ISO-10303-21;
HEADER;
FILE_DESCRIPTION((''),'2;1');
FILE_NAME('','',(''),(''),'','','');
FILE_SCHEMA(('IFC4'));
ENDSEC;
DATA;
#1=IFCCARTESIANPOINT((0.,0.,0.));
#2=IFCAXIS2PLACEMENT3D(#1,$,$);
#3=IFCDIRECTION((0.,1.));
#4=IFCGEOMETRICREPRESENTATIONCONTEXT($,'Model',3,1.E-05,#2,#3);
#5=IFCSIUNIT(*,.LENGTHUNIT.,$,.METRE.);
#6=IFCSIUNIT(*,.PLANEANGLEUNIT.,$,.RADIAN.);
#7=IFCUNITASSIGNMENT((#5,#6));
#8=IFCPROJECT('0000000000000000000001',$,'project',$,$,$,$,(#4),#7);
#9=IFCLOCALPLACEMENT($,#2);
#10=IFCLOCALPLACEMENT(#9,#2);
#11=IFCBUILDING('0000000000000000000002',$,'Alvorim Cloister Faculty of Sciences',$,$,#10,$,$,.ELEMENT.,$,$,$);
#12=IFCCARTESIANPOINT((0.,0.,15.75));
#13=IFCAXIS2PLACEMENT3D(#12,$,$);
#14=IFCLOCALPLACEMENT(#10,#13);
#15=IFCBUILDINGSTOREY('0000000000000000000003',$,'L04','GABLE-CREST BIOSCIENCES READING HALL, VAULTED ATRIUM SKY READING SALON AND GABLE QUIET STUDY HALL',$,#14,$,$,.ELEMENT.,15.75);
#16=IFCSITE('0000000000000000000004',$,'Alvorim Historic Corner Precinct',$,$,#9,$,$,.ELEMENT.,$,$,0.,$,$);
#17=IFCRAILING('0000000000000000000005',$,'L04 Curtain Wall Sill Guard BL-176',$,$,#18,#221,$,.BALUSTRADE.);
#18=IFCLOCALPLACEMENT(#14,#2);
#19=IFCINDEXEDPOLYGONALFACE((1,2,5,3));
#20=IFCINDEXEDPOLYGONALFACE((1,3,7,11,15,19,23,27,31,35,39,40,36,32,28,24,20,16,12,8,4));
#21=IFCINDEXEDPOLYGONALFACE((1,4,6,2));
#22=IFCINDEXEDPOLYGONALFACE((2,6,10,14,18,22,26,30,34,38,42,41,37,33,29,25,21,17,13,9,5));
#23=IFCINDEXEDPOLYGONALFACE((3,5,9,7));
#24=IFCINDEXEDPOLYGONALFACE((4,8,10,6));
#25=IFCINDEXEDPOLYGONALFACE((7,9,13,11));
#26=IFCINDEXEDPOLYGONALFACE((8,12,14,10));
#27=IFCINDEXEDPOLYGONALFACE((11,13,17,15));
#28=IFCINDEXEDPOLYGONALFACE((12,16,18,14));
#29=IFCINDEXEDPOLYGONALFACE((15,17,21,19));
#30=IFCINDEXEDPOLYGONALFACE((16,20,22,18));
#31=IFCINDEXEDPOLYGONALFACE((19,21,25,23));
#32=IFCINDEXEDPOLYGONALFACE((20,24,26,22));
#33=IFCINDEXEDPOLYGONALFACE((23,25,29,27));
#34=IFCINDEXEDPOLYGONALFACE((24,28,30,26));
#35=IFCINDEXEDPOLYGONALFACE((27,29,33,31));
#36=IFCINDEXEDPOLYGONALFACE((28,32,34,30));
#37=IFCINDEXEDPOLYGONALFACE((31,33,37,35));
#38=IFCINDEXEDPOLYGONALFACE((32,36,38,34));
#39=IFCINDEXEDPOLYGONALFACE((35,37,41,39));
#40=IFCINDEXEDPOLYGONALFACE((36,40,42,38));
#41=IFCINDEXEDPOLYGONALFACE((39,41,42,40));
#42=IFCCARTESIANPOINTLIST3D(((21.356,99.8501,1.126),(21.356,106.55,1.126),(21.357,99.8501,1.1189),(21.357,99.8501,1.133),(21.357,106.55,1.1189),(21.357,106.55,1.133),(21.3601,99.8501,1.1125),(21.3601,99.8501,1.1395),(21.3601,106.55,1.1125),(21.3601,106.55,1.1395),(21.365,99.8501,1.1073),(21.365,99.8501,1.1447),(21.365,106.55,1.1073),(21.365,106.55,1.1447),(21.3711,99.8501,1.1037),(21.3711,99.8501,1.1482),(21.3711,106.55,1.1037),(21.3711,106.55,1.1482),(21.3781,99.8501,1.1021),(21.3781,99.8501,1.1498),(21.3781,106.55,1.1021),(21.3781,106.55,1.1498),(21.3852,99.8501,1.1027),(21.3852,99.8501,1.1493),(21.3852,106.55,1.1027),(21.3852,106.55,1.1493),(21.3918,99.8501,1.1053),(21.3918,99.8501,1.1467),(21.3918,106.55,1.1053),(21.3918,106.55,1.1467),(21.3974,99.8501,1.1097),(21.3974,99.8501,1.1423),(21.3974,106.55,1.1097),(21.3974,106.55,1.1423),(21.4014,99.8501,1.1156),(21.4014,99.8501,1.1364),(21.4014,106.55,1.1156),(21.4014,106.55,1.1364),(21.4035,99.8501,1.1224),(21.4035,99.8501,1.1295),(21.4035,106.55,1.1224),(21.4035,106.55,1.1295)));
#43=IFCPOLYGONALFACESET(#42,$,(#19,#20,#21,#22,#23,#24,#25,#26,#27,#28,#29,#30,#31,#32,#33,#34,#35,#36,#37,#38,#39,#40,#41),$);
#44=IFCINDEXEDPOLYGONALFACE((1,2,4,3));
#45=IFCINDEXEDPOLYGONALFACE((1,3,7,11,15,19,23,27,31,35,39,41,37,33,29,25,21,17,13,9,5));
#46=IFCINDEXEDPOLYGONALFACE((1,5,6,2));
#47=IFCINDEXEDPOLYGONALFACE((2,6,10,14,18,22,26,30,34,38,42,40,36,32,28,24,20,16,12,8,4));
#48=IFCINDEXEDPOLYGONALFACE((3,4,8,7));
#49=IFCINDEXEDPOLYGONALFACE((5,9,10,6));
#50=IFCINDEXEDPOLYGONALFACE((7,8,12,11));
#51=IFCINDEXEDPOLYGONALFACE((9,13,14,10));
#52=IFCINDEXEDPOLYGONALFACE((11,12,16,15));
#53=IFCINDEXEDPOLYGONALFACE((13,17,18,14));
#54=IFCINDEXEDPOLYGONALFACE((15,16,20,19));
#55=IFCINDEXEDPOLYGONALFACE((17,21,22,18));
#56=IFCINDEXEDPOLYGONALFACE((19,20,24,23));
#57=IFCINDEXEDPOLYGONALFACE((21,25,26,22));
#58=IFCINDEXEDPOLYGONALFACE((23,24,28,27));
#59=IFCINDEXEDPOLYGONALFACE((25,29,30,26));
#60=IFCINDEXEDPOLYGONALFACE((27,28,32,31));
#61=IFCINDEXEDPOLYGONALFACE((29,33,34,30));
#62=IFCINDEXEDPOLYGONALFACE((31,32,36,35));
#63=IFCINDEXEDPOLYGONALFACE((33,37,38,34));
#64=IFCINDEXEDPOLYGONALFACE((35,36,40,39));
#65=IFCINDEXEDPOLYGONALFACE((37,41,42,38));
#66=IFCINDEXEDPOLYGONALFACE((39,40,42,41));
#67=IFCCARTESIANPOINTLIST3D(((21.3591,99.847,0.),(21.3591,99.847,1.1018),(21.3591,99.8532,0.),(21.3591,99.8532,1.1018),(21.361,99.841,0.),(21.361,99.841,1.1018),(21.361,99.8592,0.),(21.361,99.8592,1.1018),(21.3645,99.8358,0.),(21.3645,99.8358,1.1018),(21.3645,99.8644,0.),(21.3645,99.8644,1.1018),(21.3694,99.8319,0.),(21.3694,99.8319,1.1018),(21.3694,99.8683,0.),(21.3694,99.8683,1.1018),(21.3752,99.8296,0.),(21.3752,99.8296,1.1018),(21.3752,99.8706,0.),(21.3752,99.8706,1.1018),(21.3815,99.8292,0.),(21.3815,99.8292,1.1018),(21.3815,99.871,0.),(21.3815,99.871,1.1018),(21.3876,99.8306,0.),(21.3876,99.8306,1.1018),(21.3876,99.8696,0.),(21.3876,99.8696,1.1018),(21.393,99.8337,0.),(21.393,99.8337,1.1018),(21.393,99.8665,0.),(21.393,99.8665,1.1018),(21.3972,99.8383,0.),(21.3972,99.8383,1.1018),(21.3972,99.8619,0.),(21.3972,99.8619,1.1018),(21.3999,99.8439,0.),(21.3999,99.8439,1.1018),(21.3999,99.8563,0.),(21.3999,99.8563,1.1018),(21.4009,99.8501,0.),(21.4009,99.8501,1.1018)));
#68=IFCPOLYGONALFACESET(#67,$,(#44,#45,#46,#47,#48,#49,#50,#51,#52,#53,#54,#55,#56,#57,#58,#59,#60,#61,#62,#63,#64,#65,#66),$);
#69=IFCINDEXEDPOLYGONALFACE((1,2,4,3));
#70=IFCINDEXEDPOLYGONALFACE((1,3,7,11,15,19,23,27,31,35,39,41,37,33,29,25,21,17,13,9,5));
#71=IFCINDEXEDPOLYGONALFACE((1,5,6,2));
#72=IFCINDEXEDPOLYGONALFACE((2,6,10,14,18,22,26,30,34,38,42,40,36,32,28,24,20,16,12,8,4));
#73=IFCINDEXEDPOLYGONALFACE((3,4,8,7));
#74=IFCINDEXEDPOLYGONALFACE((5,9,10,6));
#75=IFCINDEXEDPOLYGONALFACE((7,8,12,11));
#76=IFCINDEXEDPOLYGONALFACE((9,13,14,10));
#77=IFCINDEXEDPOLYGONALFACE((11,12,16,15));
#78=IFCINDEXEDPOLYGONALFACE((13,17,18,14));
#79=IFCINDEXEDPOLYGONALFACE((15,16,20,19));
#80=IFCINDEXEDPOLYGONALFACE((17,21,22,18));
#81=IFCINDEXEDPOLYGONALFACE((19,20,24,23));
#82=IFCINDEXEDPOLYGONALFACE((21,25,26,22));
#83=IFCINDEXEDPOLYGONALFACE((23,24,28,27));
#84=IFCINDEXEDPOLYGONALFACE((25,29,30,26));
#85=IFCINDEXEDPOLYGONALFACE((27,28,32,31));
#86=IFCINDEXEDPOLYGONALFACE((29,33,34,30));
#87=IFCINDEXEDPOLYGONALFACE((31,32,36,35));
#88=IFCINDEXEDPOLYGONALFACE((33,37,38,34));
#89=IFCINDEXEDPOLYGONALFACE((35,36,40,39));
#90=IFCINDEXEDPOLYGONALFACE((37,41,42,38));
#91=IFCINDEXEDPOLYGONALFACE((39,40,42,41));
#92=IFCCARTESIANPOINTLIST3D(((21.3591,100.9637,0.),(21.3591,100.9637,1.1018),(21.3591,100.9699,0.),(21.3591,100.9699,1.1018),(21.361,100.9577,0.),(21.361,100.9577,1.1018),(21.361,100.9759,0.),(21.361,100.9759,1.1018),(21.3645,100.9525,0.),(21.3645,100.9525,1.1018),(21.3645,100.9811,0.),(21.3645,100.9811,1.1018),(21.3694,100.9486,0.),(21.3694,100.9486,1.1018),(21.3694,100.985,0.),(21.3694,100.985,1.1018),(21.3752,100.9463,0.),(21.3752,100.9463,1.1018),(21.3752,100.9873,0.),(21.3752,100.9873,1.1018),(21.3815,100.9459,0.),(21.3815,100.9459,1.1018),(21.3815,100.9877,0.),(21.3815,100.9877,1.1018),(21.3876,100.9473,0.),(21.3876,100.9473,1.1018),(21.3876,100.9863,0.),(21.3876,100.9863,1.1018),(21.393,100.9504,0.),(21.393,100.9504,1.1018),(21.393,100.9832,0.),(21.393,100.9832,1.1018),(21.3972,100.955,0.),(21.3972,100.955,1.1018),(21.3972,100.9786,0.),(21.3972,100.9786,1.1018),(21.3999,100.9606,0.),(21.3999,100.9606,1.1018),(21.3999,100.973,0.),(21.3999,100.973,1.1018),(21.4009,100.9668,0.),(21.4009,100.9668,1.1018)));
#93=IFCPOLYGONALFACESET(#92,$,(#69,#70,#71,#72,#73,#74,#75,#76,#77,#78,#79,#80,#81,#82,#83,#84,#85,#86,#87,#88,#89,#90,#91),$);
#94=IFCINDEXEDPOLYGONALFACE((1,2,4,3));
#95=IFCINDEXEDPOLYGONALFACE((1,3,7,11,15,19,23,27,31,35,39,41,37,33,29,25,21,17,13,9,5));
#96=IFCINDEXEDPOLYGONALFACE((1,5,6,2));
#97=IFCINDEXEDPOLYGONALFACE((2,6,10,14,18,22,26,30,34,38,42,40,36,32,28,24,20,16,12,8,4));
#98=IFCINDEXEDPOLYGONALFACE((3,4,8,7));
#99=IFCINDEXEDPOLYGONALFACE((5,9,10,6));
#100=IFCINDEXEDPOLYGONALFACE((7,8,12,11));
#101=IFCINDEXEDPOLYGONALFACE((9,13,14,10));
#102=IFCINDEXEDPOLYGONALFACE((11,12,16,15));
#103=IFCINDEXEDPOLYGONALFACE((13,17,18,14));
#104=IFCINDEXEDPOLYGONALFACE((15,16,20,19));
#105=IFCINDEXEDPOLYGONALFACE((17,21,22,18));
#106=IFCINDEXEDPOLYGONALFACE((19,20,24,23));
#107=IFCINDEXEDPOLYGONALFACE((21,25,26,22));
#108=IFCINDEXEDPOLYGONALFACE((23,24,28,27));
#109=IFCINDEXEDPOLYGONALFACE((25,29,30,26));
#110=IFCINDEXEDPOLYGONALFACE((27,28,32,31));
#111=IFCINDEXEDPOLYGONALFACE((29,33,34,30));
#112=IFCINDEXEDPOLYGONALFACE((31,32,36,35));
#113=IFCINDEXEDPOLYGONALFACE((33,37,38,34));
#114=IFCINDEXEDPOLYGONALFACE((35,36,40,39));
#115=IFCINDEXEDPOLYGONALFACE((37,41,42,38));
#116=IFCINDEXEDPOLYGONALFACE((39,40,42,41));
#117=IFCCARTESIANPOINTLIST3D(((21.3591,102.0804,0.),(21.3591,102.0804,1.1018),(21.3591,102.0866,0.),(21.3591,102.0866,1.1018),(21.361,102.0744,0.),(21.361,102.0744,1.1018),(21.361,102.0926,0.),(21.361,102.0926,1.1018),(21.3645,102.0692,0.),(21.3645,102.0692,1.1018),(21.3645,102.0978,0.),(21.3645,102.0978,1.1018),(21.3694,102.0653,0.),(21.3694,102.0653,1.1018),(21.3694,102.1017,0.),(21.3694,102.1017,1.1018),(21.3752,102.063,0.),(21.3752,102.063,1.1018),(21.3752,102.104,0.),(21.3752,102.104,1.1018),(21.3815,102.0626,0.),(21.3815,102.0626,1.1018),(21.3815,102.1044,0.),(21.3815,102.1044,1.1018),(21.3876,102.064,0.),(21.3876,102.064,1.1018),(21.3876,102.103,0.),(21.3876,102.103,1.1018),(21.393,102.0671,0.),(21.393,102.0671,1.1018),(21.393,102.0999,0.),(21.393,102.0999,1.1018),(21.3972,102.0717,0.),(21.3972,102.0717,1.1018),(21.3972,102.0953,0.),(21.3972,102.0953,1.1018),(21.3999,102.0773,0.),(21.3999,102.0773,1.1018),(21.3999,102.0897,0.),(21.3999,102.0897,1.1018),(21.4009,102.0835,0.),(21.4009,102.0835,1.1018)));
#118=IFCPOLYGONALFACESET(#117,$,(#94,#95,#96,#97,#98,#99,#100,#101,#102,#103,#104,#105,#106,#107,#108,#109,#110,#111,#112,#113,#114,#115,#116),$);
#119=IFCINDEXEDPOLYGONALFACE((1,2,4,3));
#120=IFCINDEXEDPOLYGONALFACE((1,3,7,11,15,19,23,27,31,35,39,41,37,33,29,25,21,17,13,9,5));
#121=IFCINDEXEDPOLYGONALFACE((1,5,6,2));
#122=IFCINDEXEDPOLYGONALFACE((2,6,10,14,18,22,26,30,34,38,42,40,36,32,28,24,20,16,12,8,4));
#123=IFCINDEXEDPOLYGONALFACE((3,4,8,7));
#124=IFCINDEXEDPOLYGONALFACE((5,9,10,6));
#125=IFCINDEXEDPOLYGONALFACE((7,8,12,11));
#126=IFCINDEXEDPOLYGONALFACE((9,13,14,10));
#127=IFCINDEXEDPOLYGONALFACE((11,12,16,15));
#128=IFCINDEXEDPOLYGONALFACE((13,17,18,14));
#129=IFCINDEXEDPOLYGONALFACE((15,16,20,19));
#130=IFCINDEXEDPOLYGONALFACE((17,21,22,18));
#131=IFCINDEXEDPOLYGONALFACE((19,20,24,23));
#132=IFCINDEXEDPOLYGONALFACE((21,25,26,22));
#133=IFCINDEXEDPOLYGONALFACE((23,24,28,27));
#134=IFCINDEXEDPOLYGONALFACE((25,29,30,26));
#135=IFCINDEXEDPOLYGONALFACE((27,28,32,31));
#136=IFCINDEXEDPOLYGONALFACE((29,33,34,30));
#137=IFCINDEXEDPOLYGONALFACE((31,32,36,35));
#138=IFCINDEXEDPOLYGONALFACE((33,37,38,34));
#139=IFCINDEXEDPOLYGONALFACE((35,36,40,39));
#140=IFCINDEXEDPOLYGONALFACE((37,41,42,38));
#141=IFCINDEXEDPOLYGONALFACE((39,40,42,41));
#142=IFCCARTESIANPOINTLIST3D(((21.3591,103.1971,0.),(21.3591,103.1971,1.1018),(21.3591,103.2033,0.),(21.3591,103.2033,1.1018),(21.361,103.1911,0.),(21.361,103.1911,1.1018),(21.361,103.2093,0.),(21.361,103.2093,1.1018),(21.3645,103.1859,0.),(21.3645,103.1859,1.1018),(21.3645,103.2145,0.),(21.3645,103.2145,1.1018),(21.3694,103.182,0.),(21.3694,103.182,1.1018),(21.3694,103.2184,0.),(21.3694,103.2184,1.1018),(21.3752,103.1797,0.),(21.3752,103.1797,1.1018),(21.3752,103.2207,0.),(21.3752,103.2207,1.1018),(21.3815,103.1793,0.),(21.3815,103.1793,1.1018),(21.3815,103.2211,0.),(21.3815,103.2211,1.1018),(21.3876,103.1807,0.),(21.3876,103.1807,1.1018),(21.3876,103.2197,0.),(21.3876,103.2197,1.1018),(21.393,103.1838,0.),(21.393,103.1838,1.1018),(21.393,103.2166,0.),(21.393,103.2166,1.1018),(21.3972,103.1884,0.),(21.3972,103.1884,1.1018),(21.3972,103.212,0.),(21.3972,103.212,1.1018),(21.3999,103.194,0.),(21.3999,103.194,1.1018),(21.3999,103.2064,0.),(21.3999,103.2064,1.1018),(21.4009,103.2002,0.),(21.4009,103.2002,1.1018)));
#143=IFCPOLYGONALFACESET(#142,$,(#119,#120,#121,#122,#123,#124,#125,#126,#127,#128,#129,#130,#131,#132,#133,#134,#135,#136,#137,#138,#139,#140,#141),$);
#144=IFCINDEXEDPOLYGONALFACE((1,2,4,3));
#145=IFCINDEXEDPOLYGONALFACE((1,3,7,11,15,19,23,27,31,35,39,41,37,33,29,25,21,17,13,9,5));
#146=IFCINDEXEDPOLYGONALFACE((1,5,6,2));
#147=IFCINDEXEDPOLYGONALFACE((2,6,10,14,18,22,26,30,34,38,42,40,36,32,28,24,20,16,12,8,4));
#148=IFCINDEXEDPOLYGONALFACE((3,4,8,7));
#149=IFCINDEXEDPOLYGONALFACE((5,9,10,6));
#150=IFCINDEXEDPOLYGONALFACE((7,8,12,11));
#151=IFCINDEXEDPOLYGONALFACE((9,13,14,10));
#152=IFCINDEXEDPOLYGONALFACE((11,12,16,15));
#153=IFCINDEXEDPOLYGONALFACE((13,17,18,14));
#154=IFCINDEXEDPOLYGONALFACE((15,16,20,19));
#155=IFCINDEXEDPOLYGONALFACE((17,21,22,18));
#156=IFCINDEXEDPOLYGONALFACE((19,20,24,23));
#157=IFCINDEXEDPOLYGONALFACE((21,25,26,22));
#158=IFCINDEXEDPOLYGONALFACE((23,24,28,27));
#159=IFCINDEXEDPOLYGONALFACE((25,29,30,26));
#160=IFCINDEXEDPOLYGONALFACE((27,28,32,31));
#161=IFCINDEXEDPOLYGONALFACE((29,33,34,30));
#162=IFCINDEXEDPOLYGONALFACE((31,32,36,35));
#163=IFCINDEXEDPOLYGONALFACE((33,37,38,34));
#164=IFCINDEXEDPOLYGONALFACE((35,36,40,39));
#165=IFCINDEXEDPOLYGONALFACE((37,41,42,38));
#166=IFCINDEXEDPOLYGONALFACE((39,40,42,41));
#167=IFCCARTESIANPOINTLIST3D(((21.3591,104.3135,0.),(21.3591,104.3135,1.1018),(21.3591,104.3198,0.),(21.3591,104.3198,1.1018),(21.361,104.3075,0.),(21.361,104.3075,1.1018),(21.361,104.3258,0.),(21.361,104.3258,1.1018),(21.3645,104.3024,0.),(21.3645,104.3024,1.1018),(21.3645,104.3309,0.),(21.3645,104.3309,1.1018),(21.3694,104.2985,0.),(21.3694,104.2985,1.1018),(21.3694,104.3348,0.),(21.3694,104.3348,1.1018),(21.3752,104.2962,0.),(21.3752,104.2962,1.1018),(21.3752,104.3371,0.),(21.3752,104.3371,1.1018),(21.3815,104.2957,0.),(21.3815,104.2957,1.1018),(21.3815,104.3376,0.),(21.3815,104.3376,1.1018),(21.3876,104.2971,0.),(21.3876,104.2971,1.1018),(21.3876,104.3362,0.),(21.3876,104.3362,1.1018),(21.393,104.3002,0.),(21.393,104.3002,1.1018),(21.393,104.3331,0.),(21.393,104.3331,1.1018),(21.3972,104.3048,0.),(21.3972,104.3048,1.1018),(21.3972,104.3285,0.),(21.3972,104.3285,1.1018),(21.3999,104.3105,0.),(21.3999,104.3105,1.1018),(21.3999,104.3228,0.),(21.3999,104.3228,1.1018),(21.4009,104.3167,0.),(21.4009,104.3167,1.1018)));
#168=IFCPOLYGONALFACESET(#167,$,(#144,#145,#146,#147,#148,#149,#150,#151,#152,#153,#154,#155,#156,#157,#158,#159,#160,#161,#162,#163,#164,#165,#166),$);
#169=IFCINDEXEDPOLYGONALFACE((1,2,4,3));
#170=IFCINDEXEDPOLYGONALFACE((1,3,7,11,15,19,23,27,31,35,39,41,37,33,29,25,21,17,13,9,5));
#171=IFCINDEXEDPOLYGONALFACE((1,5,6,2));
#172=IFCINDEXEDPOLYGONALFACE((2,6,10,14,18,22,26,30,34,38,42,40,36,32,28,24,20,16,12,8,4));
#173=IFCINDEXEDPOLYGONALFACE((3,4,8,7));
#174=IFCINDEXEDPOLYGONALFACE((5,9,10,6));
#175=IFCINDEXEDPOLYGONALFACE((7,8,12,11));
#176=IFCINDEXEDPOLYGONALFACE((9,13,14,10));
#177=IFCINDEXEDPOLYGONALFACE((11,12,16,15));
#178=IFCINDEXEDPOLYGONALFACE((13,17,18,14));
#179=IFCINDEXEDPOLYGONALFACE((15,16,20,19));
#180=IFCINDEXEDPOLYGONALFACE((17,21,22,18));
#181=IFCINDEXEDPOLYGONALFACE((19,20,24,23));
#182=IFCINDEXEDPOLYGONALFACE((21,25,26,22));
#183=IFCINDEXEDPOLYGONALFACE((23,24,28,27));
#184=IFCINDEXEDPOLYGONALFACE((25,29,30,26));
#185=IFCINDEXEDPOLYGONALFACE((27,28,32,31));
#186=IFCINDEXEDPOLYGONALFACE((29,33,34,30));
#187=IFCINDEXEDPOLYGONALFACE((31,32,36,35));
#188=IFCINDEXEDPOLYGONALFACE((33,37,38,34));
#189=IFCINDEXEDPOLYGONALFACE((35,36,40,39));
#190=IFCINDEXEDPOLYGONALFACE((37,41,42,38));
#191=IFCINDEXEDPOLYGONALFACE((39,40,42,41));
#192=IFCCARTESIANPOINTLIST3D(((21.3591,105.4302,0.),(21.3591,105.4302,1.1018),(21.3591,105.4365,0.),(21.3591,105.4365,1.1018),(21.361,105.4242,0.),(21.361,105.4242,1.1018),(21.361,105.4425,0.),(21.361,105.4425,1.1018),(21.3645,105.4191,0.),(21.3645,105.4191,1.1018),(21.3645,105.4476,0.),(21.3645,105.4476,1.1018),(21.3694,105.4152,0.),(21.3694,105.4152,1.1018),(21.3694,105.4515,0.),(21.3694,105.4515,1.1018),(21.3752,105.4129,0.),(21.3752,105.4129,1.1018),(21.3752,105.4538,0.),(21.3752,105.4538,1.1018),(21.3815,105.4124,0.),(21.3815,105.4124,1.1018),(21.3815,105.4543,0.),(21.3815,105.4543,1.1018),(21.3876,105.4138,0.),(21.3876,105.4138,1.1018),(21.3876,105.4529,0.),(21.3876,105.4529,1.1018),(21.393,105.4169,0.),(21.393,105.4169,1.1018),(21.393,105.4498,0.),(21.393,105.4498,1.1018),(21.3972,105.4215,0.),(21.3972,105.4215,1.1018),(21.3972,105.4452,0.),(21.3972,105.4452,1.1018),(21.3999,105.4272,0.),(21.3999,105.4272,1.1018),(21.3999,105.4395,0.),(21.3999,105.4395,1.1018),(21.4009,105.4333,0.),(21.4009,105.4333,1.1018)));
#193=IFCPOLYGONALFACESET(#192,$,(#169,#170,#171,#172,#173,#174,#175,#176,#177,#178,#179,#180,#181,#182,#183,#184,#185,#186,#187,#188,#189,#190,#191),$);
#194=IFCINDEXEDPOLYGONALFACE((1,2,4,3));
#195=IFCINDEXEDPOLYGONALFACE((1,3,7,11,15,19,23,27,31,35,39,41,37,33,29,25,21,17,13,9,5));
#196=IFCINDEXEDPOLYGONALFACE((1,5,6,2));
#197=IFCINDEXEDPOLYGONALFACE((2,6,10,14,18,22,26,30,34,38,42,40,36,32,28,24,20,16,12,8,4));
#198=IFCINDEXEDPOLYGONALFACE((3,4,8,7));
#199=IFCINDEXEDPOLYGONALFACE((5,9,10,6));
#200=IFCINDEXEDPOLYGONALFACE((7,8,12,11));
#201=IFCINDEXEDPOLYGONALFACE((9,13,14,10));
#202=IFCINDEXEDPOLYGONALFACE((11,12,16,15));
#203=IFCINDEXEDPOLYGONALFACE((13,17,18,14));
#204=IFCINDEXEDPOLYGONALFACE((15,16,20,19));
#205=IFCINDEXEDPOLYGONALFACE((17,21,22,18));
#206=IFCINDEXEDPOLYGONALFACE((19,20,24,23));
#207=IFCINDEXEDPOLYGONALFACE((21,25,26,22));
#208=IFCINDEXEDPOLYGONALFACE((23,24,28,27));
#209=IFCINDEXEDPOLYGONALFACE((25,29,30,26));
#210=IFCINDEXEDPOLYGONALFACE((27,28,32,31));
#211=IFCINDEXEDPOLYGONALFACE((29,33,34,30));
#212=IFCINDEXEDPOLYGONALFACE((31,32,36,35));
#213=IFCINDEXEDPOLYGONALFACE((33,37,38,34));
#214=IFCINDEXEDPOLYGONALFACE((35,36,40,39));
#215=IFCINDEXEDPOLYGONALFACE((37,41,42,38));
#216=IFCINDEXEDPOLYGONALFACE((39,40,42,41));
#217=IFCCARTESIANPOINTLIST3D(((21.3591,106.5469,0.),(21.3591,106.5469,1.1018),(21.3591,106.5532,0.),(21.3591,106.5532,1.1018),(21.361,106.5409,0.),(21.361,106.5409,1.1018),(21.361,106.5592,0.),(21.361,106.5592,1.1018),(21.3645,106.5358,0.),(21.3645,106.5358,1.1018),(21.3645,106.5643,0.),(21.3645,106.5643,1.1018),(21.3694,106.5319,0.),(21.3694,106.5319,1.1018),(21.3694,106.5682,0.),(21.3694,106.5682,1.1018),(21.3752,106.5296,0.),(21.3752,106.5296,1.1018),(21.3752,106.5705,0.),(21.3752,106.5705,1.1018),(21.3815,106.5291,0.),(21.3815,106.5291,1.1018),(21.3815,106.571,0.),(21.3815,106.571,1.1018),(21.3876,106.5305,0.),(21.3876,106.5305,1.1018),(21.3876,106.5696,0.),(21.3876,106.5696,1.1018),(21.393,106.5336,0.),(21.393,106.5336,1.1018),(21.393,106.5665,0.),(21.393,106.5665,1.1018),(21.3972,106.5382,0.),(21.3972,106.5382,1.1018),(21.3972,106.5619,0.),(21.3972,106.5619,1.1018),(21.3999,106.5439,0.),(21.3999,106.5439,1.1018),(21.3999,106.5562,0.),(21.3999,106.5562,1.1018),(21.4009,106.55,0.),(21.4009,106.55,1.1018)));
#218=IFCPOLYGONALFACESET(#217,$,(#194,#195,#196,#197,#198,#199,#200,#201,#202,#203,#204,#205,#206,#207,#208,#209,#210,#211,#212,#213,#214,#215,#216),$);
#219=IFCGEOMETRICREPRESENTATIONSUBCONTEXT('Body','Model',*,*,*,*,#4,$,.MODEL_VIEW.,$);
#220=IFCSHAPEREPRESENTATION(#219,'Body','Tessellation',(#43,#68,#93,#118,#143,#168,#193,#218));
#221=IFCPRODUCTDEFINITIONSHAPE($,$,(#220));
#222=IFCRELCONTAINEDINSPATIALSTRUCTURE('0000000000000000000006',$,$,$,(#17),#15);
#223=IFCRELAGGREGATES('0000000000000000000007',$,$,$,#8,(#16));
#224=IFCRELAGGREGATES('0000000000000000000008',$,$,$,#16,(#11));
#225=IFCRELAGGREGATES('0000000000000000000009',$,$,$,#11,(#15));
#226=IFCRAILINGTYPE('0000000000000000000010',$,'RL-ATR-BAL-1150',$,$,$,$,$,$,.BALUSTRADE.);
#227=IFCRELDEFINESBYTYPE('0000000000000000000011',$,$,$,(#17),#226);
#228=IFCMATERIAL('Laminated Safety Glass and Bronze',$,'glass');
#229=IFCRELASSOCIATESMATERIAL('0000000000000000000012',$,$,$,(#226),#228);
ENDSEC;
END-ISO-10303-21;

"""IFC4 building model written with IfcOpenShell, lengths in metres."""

from ifc_helpers import new_model, si_unit, direction, frame, origin, origin_2d, place, context, subcontext, project, spatial, circle, extrude, material, type_object, element, save


model = new_model("IFC4")

# Units and contexts
model_context = context("Model", 3, precision=1e-05, world=origin(), true_north=direction((0.0, 1.0)))
body_context = subcontext(model_context, "Body", "Model", "MODEL_VIEW")
ifc_project = project(units=[si_unit("LENGTHUNIT", "METRE"), si_unit("PLANEANGLEUNIT", "RADIAN")], contexts=[model_context])

# Site, building, storey
site_placement = place(None, origin())
site = spatial("IfcSite", under=ifc_project, at=site_placement, Name="Alvorim Historic Corner Precinct", CompositionType="ELEMENT", RefElevation=0.0)
building_placement = place(site_placement, origin())
building = spatial("IfcBuilding", under=site, at=building_placement, Name="Alvorim Cloister Faculty of Sciences", CompositionType="ELEMENT")
storey_placement = place(building_placement, frame((0.0, 0.0, 15.75)))
storey = spatial("IfcBuildingStorey", under=building, at=storey_placement, Name="L04", Description="GABLE-CREST BIOSCIENCES READING HALL, VAULTED ATRIUM SKY READING SALON AND GABLE QUIET STUDY HALL", CompositionType="ELEMENT", Elevation=15.75)

# Railing
ifc_material_1 = material(Name="Laminated Safety Glass and Bronze", Category="glass")
railing_type = type_object("IfcRailingType", Name="RL-ATR-BAL-1150", PredefinedType="BALUSTRADE", material=ifc_material_1)
railing_placement = place(storey_placement, frame((21.3799, 99.8501, 0.0)))
element("IfcRailing", 1, at=railing_placement, inside=storey, type_object=railing_type, Name="L04 Curtain Wall Sill Guard BL-176", PredefinedType="BALUSTRADE", context=body_context, shape_type="SweptSolid", body=[
    extrude(circle(Radius=0.0239, at=origin_2d()), frame((0.0, 0.0, 1.126), z_axis=(0.0, 1.0, 0.0), x_axis=(-1.0, 0.0, 0.0)), (0.0, 0.0, 1.0), 6.7),
    extrude(circle(Radius=0.021, at=origin_2d()), origin(), (0.0, 0.0, 1.0), 1.1018),
    extrude(circle(Radius=0.021, at=origin_2d()), frame((0.0, 1.1167, 0.0)), (0.0, 0.0, 1.0), 1.1018),
    extrude(circle(Radius=0.021, at=origin_2d()), frame((0.0, 2.2334, 0.0)), (0.0, 0.0, 1.0), 1.1018),
    extrude(circle(Radius=0.021, at=origin_2d()), frame((0.0, 3.3501, 0.0)), (0.0, 0.0, 1.0), 1.1018),
    extrude(circle(Radius=0.021, at=origin_2d()), frame((0.0, 4.4666, 0.0)), (0.0, 0.0, 1.0), 1.1018),
    extrude(circle(Radius=0.021, at=origin_2d()), frame((0.0, 5.5833, 0.0)), (0.0, 0.0, 1.0), 1.1018),
    extrude(circle(Radius=0.021, at=origin_2d()), frame((0.0, 6.7, 0.0)), (0.0, 0.0, 1.0), 1.1018),
])

save(model, "model.ifc")
